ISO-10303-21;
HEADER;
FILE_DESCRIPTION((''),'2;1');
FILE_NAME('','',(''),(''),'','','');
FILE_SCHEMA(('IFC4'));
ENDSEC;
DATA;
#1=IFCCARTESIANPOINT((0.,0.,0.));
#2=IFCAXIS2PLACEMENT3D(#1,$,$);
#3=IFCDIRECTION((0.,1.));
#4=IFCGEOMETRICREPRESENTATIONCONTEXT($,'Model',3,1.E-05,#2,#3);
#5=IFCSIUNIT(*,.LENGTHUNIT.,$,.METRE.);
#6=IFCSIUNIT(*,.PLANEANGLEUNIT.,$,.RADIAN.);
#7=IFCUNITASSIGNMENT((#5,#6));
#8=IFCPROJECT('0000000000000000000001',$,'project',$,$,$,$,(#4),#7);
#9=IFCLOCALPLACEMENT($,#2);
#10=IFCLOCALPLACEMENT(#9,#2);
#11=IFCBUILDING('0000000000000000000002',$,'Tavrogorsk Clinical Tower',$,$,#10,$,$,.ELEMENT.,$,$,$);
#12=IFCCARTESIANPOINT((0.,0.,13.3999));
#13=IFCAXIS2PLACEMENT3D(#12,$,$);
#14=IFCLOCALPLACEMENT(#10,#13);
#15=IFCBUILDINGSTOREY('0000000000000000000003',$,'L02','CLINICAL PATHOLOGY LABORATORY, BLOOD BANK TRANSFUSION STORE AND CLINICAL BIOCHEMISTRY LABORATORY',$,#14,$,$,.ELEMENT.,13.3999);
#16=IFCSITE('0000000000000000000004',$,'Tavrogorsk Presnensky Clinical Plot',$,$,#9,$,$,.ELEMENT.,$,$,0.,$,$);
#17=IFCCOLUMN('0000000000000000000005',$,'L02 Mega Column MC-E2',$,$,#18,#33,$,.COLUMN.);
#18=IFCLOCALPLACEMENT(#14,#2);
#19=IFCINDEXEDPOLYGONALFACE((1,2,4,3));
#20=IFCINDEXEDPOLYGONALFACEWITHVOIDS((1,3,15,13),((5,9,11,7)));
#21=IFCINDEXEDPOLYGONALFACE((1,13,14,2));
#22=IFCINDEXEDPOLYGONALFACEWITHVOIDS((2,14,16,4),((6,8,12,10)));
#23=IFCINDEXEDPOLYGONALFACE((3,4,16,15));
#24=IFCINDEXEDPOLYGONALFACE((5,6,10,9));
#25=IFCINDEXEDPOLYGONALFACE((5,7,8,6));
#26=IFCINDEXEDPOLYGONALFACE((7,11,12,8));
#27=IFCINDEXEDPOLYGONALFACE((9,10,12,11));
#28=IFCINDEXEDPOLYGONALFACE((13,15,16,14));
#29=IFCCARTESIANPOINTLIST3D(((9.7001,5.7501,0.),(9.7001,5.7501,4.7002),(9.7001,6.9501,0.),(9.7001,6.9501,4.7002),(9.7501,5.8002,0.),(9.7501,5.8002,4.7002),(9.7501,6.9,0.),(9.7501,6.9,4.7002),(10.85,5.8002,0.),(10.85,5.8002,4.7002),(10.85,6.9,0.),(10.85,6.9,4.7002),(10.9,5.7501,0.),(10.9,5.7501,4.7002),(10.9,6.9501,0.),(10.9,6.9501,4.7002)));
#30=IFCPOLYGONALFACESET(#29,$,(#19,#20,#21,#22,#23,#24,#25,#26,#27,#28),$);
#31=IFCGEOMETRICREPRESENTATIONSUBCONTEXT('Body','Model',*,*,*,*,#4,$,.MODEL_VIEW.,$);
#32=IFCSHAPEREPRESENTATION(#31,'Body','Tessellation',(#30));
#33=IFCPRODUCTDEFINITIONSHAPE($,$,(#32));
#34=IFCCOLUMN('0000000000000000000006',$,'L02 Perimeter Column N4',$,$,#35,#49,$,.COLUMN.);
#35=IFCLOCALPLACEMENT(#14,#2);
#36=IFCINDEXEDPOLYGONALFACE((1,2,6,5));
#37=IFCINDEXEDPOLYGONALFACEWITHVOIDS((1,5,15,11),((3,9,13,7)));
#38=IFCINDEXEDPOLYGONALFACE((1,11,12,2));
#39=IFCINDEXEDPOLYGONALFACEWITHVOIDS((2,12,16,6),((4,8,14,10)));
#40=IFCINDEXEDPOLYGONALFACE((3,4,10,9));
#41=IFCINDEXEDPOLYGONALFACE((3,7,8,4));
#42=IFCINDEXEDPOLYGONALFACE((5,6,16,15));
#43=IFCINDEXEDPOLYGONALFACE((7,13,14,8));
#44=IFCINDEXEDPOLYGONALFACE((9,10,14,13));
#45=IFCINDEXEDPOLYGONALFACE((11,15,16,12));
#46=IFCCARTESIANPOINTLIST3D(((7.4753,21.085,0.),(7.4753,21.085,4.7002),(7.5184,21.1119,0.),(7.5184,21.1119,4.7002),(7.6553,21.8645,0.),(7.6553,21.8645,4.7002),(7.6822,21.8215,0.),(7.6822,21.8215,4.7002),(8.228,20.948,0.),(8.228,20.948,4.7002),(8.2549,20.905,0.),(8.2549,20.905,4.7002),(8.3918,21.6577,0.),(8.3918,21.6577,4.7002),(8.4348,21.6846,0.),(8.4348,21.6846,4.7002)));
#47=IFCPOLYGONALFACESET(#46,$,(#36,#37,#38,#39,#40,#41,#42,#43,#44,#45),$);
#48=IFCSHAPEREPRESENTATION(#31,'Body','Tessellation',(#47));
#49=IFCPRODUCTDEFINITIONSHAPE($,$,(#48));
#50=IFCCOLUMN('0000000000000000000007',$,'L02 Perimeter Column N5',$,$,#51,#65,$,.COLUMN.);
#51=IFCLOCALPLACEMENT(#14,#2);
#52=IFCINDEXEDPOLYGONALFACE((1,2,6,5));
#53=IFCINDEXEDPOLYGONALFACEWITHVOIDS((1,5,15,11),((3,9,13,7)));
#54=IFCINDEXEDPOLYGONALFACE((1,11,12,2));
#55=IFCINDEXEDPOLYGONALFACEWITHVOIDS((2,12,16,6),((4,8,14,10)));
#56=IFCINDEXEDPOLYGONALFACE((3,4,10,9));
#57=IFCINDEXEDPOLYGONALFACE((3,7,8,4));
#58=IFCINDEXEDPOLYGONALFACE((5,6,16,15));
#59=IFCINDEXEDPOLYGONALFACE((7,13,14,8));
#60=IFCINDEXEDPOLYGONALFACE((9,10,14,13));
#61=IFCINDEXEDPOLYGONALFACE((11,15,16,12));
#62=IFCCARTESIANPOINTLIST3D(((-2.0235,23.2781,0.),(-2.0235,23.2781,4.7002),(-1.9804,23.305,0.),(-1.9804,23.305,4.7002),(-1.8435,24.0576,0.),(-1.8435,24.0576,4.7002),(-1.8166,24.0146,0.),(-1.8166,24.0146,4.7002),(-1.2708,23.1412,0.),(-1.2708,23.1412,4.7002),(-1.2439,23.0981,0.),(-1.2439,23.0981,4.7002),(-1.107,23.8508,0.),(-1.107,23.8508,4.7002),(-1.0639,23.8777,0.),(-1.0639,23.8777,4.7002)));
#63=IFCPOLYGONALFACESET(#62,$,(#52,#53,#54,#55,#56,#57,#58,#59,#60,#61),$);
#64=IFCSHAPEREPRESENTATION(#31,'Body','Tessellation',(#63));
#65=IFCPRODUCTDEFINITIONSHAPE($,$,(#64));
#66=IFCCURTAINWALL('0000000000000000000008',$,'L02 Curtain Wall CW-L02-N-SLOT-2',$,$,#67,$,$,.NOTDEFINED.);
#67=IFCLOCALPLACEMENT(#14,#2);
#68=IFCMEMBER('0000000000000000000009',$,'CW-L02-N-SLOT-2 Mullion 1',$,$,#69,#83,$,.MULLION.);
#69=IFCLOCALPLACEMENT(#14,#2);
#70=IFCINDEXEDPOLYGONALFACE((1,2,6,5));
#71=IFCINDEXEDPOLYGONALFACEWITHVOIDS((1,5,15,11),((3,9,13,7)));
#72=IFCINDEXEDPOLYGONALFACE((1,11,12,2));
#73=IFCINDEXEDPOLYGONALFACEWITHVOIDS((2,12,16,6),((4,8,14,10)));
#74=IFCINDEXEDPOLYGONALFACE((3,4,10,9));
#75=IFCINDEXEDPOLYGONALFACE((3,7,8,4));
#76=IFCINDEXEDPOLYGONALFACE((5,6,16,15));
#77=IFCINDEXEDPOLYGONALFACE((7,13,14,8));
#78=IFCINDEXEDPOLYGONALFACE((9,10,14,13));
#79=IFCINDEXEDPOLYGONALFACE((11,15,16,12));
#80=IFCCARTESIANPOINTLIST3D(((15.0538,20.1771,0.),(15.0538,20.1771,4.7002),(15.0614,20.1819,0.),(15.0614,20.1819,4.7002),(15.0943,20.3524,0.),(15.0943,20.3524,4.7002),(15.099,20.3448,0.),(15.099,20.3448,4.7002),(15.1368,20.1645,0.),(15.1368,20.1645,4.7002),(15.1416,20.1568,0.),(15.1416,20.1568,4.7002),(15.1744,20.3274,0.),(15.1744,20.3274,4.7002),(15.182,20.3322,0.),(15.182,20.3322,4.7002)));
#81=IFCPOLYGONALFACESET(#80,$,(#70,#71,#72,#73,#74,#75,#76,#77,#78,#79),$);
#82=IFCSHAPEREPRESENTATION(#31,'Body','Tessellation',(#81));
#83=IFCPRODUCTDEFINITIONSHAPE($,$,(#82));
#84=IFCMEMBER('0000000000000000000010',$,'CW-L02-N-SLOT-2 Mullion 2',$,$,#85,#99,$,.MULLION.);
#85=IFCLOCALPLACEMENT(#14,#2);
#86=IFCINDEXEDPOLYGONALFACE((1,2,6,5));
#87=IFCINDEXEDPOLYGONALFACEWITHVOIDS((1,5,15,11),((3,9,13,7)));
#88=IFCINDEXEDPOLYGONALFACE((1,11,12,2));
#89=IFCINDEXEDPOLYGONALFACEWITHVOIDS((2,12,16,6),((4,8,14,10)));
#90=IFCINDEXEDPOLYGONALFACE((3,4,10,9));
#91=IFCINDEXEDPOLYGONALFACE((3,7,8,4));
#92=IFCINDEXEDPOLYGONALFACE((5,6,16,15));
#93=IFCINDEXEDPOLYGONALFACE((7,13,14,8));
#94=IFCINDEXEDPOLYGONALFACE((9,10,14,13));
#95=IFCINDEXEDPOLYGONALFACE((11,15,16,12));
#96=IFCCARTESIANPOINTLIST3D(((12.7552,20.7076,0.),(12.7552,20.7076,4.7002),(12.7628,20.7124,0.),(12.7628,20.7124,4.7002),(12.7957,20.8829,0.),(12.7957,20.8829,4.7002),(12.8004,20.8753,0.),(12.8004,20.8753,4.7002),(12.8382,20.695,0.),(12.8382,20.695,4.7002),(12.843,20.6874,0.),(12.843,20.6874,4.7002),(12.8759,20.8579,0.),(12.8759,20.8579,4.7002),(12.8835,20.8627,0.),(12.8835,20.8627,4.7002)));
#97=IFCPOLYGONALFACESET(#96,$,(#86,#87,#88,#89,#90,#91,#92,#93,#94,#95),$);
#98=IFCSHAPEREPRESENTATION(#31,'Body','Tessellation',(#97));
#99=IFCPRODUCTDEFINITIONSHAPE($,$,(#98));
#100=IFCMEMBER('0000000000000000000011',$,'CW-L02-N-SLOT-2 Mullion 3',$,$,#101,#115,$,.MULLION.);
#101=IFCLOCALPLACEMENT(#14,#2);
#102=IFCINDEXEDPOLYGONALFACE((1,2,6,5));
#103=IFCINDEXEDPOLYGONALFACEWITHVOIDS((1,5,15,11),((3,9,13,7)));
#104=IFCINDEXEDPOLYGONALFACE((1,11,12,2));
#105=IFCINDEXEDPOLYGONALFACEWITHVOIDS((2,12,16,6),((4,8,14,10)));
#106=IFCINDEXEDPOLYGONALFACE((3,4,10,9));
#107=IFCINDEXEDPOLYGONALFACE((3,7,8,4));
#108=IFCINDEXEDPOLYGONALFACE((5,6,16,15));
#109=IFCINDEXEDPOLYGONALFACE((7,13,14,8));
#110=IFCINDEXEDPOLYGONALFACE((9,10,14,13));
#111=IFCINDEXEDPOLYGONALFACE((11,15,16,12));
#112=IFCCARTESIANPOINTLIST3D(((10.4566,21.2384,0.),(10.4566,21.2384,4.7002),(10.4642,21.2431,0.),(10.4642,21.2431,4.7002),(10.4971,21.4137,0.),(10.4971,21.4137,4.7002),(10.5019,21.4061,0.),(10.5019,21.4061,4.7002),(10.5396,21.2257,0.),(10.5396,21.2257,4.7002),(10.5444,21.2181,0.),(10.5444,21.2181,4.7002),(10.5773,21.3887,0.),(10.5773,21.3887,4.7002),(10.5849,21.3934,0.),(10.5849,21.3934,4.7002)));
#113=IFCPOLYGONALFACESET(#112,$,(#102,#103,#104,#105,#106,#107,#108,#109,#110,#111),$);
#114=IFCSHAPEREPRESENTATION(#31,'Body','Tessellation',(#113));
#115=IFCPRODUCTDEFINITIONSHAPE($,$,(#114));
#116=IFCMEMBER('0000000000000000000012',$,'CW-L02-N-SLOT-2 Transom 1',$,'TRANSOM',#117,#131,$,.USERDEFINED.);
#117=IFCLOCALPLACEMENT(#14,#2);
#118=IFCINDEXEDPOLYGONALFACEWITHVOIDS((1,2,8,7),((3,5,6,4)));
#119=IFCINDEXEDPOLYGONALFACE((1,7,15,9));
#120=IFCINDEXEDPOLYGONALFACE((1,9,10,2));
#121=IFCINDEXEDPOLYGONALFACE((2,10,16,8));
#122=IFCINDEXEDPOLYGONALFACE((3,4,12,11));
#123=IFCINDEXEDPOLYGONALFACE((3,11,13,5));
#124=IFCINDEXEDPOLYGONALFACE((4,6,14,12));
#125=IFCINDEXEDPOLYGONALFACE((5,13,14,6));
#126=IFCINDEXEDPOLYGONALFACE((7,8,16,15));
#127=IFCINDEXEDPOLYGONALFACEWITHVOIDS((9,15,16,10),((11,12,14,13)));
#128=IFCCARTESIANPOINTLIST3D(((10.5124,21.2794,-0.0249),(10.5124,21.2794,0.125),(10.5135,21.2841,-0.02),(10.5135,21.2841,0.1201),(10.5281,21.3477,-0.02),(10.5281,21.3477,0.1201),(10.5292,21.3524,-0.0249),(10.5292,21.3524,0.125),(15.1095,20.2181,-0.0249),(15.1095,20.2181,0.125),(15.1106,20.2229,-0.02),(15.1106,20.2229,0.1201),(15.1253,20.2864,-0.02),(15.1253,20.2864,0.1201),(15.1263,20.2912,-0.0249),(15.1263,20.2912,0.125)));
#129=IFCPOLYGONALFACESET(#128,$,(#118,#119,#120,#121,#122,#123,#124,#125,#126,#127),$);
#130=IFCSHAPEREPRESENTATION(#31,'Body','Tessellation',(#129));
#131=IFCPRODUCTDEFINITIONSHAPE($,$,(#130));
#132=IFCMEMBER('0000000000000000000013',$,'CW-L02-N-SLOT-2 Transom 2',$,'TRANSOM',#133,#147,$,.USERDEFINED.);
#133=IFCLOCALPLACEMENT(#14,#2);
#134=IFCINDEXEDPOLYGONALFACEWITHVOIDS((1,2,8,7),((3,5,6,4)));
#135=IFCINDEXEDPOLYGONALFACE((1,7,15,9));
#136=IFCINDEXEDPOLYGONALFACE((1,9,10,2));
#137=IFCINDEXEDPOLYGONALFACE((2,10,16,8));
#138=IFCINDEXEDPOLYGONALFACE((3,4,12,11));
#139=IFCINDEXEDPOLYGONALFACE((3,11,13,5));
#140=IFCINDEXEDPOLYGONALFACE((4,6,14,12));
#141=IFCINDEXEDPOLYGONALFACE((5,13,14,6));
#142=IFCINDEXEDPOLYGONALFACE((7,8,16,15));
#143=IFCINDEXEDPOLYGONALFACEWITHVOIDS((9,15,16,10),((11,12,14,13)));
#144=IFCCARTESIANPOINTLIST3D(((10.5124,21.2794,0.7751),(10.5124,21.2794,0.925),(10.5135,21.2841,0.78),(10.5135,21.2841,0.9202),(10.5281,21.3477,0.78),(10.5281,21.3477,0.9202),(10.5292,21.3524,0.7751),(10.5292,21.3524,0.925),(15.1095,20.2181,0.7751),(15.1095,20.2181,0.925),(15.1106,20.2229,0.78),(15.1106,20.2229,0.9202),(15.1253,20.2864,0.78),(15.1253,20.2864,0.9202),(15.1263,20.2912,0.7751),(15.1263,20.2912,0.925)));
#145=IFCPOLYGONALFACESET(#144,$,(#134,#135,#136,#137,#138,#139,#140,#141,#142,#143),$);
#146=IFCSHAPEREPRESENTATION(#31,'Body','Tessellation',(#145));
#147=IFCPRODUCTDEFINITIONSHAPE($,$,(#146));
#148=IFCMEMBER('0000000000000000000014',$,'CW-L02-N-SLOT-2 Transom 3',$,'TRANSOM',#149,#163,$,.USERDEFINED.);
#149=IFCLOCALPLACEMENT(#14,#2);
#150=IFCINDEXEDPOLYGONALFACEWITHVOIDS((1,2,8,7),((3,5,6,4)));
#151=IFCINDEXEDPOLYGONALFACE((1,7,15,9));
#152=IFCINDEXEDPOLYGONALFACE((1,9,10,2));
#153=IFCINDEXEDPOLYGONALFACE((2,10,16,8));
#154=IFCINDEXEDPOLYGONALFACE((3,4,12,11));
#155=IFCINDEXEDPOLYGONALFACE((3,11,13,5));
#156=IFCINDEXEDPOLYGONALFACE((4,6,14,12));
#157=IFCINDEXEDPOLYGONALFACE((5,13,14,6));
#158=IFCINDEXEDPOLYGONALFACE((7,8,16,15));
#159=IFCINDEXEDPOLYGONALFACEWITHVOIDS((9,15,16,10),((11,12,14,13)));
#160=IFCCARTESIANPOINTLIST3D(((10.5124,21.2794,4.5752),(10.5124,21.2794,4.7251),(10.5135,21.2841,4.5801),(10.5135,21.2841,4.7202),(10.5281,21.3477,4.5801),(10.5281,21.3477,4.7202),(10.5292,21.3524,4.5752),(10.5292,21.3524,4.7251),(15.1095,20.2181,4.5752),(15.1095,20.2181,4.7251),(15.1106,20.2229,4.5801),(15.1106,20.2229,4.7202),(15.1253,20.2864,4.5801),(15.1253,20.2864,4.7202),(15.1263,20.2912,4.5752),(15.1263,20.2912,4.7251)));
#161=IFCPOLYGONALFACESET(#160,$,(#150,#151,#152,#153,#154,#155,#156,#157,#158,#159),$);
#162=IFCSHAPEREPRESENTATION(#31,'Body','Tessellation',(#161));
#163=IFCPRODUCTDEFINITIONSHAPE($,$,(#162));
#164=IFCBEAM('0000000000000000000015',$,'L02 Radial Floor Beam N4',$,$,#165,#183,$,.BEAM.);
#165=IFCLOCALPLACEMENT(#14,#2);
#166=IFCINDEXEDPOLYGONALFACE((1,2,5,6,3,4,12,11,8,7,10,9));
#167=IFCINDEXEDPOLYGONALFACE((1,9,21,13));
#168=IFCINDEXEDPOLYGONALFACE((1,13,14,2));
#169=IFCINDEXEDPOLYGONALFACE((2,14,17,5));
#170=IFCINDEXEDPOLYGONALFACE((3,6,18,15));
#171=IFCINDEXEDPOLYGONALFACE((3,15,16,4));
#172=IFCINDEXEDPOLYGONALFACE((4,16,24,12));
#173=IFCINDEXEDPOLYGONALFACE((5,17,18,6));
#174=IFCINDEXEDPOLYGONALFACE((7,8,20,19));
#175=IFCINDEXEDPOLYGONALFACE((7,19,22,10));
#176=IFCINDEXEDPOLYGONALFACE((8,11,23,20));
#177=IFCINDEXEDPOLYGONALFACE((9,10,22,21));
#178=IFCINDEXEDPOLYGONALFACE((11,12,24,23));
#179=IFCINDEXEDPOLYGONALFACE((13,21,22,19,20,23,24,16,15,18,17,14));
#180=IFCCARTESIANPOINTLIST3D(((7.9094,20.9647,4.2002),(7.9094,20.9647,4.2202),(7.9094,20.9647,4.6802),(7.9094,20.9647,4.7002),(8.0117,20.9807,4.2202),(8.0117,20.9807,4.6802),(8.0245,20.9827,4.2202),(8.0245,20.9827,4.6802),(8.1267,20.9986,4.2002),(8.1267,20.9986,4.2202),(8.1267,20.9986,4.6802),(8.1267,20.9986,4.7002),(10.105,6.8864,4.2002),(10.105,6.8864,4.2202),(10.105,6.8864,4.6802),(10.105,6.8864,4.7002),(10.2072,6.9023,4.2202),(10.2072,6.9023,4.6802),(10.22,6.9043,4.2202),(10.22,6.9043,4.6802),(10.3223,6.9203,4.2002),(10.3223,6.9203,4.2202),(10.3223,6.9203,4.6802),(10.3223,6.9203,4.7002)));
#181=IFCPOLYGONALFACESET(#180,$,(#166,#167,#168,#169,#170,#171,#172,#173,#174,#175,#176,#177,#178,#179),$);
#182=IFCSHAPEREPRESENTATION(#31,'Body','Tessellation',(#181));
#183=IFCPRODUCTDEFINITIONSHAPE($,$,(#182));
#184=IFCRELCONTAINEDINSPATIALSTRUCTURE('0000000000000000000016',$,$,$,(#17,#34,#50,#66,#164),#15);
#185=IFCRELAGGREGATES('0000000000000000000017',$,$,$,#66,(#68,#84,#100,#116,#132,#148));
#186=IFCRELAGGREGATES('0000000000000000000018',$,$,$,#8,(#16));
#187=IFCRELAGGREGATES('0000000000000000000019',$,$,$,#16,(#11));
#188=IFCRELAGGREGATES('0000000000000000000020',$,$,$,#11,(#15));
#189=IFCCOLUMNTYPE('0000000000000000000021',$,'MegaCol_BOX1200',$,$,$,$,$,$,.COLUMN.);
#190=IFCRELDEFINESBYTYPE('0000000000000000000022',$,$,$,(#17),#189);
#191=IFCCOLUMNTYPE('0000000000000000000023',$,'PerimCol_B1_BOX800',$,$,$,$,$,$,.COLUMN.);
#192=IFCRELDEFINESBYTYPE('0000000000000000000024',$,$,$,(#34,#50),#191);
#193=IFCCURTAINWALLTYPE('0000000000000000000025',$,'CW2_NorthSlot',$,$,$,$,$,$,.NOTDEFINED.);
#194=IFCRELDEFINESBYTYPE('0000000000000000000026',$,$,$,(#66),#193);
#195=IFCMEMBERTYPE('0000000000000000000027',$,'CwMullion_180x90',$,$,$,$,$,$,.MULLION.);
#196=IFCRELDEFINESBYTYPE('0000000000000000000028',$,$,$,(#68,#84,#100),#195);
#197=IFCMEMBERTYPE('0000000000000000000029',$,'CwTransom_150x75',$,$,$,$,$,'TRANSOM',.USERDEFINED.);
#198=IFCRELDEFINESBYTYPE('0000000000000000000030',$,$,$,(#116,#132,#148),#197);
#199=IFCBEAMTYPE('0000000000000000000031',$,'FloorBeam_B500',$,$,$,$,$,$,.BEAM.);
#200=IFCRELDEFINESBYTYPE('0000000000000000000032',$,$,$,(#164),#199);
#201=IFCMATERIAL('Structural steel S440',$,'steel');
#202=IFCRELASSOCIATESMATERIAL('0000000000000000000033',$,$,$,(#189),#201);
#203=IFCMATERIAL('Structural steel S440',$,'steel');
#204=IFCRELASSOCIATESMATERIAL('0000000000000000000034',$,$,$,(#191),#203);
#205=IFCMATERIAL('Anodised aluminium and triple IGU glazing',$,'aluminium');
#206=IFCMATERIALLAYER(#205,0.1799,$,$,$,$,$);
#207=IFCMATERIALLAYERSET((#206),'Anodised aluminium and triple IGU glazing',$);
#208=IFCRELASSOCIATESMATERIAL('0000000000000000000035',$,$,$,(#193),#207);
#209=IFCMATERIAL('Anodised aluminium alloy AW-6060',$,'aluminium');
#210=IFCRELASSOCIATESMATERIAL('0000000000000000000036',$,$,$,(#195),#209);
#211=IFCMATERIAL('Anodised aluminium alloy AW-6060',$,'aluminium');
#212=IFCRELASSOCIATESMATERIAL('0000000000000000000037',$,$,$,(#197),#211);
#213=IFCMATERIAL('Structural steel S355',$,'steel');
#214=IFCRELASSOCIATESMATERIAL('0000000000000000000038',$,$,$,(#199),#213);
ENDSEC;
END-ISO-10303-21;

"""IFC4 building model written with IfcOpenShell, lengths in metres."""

from ifc_helpers import new_model, si_unit, direction, frame, origin, origin_2d, place, context, subcontext, project, spatial, hollow_rectangle, i_section, extrude, material, layer, layer_set, material_profile, profile_set, type_object, element, aggregate, save


model = new_model("IFC4")

# Units and contexts
model_context = context("Model", 3, precision=1e-05, world=origin(), true_north=direction((0.0, 1.0)))
body_context = subcontext(model_context, "Body", "Model", "MODEL_VIEW")
ifc_project = project(units=[si_unit("LENGTHUNIT", "METRE"), si_unit("PLANEANGLEUNIT", "RADIAN")], contexts=[model_context])

# Site, building, storey
site_placement = place(None, origin())
site = spatial("IfcSite", under=ifc_project, at=site_placement, Name="Tavrogorsk Presnensky Clinical Plot", CompositionType="ELEMENT", RefElevation=0.0)
building_placement = place(site_placement, origin())
building = spatial("IfcBuilding", under=site, at=building_placement, Name="Tavrogorsk Clinical Tower", CompositionType="ELEMENT")
storey_placement = place(building_placement, frame((0.0, 0.0, 13.3999)))
storey = spatial("IfcBuildingStorey", under=building, at=storey_placement, Name="L02", Description="CLINICAL PATHOLOGY LABORATORY, BLOOD BANK TRANSFUSION STORE AND CLINICAL BIOCHEMISTRY LABORATORY", CompositionType="ELEMENT", Elevation=13.3999)

# Columns
ifc_material_1 = material(Name="Structural steel S440", Category="steel")
ifc_material_profile_1 = material_profile(ifc_material_1, hollow_rectangle(XDim=1.2, YDim=1.2, WallThickness=0.05, at=origin_2d()), Name="BOX-1200x1200x50")
ifc_profile_set_1 = profile_set([ifc_material_profile_1], Name="Structural steel S440")
column_type_1 = type_object("IfcColumnType", Name="MegaCol_BOX1200", PredefinedType="COLUMN", material=ifc_profile_set_1)
column_placement = place(storey_placement, frame((10.3, 6.3501, 0.0), z_axis=(0.0, 0.0, 1.0), x_axis=(1.0, 0.0, 0.0)))
element("IfcColumn", 1, at=column_placement, inside=storey, type_object=column_type_1, Name="L02 Mega Column MC-E2", PredefinedType="COLUMN", context=body_context, shape_type="SweptSolid", body=[
    extrude(hollow_rectangle(XDim=1.2, YDim=1.2, WallThickness=0.05, at=origin_2d()), origin(), (0.0, 0.0, 1.0), 4.7002),
])
ifc_material_2 = material(Name="Structural steel S440", Category="steel")
ifc_material_profile_2 = material_profile(ifc_material_2, hollow_rectangle(XDim=0.8, YDim=0.8, WallThickness=0.0359, at=origin_2d()), Name="BOX-800x800x36")
ifc_profile_set_2 = profile_set([ifc_material_profile_2], Name="Structural steel S440")
column_type_2 = type_object("IfcColumnType", Name="PerimCol_B1_BOX800", PredefinedType="COLUMN", material=ifc_profile_set_2)
for number, where, z_axis, x_axis, name in (
    (2, (7.9551, 21.3848, 0.0), (0.0, 0.0, 1.0), (0.97437, -0.224951, 0.0), "L02 Perimeter Column N4"),
    (3, (-1.5437, 23.5779, 0.0), (0.0, 0.0, 1.0), (0.97437, -0.224951, 0.0), "L02 Perimeter Column N5"),
):
    element("IfcColumn", number, at=place(storey_placement, frame(where, z_axis=z_axis, x_axis=x_axis)), inside=storey, type_object=column_type_2, Name=name, PredefinedType="COLUMN", context=body_context, shape_type="SweptSolid", body=[
        extrude(hollow_rectangle(XDim=0.8, YDim=0.8, WallThickness=0.0359, at=origin_2d()), origin(), (0.0, 0.0, 1.0), 4.7002),
    ])

# Curtain wall, members
ifc_material_3 = material(Name="Anodised aluminium and triple IGU glazing", Category="aluminium")
ifc_layer_1 = layer(ifc_material_3, 0.1799)
ifc_layer_set_1 = layer_set([ifc_layer_1], Name="Anodised aluminium and triple IGU glazing")
curtain_wall_type = type_object("IfcCurtainWallType", Name="CW2_NorthSlot", PredefinedType="NOTDEFINED", material=ifc_layer_set_1)
curtain_wall_placement = place(storey_placement, origin())
curtain_wall = element("IfcCurtainWall", 4, at=curtain_wall_placement, inside=storey, type_object=curtain_wall_type, Name="L02 Curtain Wall CW-L02-N-SLOT-2", PredefinedType="NOTDEFINED")
ifc_material_4 = material(Name="Anodised aluminium alloy AW-6060", Category="aluminium")
ifc_material_profile_3 = material_profile(ifc_material_4, hollow_rectangle(XDim=0.0901, YDim=0.1799, WallThickness=0.0063, at=origin_2d()), Name="RHS-180x90x6.3")
ifc_profile_set_3 = profile_set([ifc_material_profile_3], Name="Anodised aluminium alloy AW-6060")
member_type_1 = type_object("IfcMemberType", Name="CwMullion_180x90", PredefinedType="MULLION", material=ifc_profile_set_3)
member_1_placement = place(storey_placement, frame((15.1179, 20.2546, 0.0), z_axis=(0.0, 0.0, 1.0), x_axis=(-0.97437, 0.224951, 0.0)))
member_1 = element("IfcMember", 5, at=member_1_placement, type_object=member_type_1, Name="CW-L02-N-SLOT-2 Mullion 1", PredefinedType="MULLION", context=body_context, shape_type="SweptSolid", body=[
    extrude(hollow_rectangle(XDim=0.0901, YDim=0.1799, WallThickness=0.0063, at=origin_2d()), origin(), (0.0, 0.0, 1.0), 4.7002),
])
member_2_placement = place(storey_placement, frame((12.8193, 20.7852, 0.0), z_axis=(0.0, 0.0, 1.0), x_axis=(-0.97437, 0.224951, 0.0)))
member_2 = element("IfcMember", 6, at=member_2_placement, type_object=member_type_1, Name="CW-L02-N-SLOT-2 Mullion 2", PredefinedType="MULLION", context=body_context, shape_type="SweptSolid", body=[
    extrude(hollow_rectangle(XDim=0.0901, YDim=0.1799, WallThickness=0.0063, at=origin_2d()), origin(), (0.0, 0.0, 1.0), 4.7002),
])
member_3_placement = place(storey_placement, frame((10.5208, 21.3159, 0.0), z_axis=(0.0, 0.0, 1.0), x_axis=(-0.97437, 0.224951, 0.0)))
member_3 = element("IfcMember", 7, at=member_3_placement, type_object=member_type_1, Name="CW-L02-N-SLOT-2 Mullion 3", PredefinedType="MULLION", context=body_context, shape_type="SweptSolid", body=[
    extrude(hollow_rectangle(XDim=0.0901, YDim=0.1799, WallThickness=0.0063, at=origin_2d()), origin(), (0.0, 0.0, 1.0), 4.7002),
])
ifc_material_5 = material(Name="Anodised aluminium alloy AW-6060", Category="aluminium")
ifc_material_profile_4 = material_profile(ifc_material_5, hollow_rectangle(XDim=0.075, YDim=0.1499, WallThickness=0.0049, at=origin_2d()), Name="RHS-150x75x5")
ifc_profile_set_4 = profile_set([ifc_material_profile_4], Name="Anodised aluminium alloy AW-6060")
member_type_2 = type_object("IfcMemberType", Name="CwTransom_150x75", ElementType="TRANSOM", PredefinedType="USERDEFINED", material=ifc_profile_set_4)
member_4_placement = place(storey_placement, frame((15.1179, 20.2546, 0.05), z_axis=(-0.974373, 0.224939, 0.0), x_axis=(-0.224939, -0.974373, 0.0)))
member_4 = element("IfcMember", 8, at=member_4_placement, type_object=member_type_2, Name="CW-L02-N-SLOT-2 Transom 1", ObjectType="TRANSOM", PredefinedType="USERDEFINED", context=body_context, shape_type="SweptSolid", body=[
    extrude(hollow_rectangle(XDim=0.075, YDim=0.1499, WallThickness=0.0049, at=origin_2d()), origin(), (0.0, 0.0, 1.0), 4.718),
])
member_5_placement = place(storey_placement, frame((15.1179, 20.2546, 0.8501), z_axis=(-0.974373, 0.224939, 0.0), x_axis=(-0.224939, -0.974373, 0.0)))
member_5 = element("IfcMember", 9, at=member_5_placement, type_object=member_type_2, Name="CW-L02-N-SLOT-2 Transom 2", ObjectType="TRANSOM", PredefinedType="USERDEFINED", context=body_context, shape_type="SweptSolid", body=[
    extrude(hollow_rectangle(XDim=0.075, YDim=0.1499, WallThickness=0.0049, at=origin_2d()), origin(), (0.0, 0.0, 1.0), 4.718),
])
member_6_placement = place(storey_placement, frame((15.1179, 20.2546, 4.6501), z_axis=(-0.974373, 0.224939, 0.0), x_axis=(-0.224939, -0.974373, 0.0)))
member_6 = element("IfcMember", 10, at=member_6_placement, type_object=member_type_2, Name="CW-L02-N-SLOT-2 Transom 3", ObjectType="TRANSOM", PredefinedType="USERDEFINED", context=body_context, shape_type="SweptSolid", body=[
    extrude(hollow_rectangle(XDim=0.075, YDim=0.1499, WallThickness=0.0049, at=origin_2d()), origin(), (0.0, 0.0, 1.0), 4.718),
])

# Beam
ifc_material_6 = material(Name="Structural steel S355", Category="steel")
ifc_material_profile_5 = material_profile(ifc_material_6, i_section(OverallWidth=0.22, OverallDepth=0.5, WebThickness=0.0129, FlangeThickness=0.02, at=origin_2d()), Name="B-500x220x13x20")
ifc_profile_set_5 = profile_set([ifc_material_profile_5], Name="Structural steel S355")
beam_type_1 = type_object("IfcBeamType", Name="FloorBeam_B500", PredefinedType="BEAM", material=ifc_profile_set_5)
beam_placement = place(storey_placement, frame((10.2136, 6.9033, 4.4502), z_axis=(-0.15409, 0.988057, 0.0), x_axis=(-0.988057, -0.15409, 0.0)))
element("IfcBeam", 11, at=beam_placement, inside=storey, type_object=beam_type_1, Name="L02 Radial Floor Beam N4", PredefinedType="BEAM", context=body_context, shape_type="SweptSolid", body=[
    extrude(i_section(OverallWidth=0.22, OverallDepth=0.5, WebThickness=0.0129, FlangeThickness=0.02, at=origin_2d()), origin(), (0.0, 0.0, 1.0), 14.2485),
])

aggregate(curtain_wall, [member_1, member_2, member_3, member_4, member_5, member_6])

save(model, "model.ifc")
